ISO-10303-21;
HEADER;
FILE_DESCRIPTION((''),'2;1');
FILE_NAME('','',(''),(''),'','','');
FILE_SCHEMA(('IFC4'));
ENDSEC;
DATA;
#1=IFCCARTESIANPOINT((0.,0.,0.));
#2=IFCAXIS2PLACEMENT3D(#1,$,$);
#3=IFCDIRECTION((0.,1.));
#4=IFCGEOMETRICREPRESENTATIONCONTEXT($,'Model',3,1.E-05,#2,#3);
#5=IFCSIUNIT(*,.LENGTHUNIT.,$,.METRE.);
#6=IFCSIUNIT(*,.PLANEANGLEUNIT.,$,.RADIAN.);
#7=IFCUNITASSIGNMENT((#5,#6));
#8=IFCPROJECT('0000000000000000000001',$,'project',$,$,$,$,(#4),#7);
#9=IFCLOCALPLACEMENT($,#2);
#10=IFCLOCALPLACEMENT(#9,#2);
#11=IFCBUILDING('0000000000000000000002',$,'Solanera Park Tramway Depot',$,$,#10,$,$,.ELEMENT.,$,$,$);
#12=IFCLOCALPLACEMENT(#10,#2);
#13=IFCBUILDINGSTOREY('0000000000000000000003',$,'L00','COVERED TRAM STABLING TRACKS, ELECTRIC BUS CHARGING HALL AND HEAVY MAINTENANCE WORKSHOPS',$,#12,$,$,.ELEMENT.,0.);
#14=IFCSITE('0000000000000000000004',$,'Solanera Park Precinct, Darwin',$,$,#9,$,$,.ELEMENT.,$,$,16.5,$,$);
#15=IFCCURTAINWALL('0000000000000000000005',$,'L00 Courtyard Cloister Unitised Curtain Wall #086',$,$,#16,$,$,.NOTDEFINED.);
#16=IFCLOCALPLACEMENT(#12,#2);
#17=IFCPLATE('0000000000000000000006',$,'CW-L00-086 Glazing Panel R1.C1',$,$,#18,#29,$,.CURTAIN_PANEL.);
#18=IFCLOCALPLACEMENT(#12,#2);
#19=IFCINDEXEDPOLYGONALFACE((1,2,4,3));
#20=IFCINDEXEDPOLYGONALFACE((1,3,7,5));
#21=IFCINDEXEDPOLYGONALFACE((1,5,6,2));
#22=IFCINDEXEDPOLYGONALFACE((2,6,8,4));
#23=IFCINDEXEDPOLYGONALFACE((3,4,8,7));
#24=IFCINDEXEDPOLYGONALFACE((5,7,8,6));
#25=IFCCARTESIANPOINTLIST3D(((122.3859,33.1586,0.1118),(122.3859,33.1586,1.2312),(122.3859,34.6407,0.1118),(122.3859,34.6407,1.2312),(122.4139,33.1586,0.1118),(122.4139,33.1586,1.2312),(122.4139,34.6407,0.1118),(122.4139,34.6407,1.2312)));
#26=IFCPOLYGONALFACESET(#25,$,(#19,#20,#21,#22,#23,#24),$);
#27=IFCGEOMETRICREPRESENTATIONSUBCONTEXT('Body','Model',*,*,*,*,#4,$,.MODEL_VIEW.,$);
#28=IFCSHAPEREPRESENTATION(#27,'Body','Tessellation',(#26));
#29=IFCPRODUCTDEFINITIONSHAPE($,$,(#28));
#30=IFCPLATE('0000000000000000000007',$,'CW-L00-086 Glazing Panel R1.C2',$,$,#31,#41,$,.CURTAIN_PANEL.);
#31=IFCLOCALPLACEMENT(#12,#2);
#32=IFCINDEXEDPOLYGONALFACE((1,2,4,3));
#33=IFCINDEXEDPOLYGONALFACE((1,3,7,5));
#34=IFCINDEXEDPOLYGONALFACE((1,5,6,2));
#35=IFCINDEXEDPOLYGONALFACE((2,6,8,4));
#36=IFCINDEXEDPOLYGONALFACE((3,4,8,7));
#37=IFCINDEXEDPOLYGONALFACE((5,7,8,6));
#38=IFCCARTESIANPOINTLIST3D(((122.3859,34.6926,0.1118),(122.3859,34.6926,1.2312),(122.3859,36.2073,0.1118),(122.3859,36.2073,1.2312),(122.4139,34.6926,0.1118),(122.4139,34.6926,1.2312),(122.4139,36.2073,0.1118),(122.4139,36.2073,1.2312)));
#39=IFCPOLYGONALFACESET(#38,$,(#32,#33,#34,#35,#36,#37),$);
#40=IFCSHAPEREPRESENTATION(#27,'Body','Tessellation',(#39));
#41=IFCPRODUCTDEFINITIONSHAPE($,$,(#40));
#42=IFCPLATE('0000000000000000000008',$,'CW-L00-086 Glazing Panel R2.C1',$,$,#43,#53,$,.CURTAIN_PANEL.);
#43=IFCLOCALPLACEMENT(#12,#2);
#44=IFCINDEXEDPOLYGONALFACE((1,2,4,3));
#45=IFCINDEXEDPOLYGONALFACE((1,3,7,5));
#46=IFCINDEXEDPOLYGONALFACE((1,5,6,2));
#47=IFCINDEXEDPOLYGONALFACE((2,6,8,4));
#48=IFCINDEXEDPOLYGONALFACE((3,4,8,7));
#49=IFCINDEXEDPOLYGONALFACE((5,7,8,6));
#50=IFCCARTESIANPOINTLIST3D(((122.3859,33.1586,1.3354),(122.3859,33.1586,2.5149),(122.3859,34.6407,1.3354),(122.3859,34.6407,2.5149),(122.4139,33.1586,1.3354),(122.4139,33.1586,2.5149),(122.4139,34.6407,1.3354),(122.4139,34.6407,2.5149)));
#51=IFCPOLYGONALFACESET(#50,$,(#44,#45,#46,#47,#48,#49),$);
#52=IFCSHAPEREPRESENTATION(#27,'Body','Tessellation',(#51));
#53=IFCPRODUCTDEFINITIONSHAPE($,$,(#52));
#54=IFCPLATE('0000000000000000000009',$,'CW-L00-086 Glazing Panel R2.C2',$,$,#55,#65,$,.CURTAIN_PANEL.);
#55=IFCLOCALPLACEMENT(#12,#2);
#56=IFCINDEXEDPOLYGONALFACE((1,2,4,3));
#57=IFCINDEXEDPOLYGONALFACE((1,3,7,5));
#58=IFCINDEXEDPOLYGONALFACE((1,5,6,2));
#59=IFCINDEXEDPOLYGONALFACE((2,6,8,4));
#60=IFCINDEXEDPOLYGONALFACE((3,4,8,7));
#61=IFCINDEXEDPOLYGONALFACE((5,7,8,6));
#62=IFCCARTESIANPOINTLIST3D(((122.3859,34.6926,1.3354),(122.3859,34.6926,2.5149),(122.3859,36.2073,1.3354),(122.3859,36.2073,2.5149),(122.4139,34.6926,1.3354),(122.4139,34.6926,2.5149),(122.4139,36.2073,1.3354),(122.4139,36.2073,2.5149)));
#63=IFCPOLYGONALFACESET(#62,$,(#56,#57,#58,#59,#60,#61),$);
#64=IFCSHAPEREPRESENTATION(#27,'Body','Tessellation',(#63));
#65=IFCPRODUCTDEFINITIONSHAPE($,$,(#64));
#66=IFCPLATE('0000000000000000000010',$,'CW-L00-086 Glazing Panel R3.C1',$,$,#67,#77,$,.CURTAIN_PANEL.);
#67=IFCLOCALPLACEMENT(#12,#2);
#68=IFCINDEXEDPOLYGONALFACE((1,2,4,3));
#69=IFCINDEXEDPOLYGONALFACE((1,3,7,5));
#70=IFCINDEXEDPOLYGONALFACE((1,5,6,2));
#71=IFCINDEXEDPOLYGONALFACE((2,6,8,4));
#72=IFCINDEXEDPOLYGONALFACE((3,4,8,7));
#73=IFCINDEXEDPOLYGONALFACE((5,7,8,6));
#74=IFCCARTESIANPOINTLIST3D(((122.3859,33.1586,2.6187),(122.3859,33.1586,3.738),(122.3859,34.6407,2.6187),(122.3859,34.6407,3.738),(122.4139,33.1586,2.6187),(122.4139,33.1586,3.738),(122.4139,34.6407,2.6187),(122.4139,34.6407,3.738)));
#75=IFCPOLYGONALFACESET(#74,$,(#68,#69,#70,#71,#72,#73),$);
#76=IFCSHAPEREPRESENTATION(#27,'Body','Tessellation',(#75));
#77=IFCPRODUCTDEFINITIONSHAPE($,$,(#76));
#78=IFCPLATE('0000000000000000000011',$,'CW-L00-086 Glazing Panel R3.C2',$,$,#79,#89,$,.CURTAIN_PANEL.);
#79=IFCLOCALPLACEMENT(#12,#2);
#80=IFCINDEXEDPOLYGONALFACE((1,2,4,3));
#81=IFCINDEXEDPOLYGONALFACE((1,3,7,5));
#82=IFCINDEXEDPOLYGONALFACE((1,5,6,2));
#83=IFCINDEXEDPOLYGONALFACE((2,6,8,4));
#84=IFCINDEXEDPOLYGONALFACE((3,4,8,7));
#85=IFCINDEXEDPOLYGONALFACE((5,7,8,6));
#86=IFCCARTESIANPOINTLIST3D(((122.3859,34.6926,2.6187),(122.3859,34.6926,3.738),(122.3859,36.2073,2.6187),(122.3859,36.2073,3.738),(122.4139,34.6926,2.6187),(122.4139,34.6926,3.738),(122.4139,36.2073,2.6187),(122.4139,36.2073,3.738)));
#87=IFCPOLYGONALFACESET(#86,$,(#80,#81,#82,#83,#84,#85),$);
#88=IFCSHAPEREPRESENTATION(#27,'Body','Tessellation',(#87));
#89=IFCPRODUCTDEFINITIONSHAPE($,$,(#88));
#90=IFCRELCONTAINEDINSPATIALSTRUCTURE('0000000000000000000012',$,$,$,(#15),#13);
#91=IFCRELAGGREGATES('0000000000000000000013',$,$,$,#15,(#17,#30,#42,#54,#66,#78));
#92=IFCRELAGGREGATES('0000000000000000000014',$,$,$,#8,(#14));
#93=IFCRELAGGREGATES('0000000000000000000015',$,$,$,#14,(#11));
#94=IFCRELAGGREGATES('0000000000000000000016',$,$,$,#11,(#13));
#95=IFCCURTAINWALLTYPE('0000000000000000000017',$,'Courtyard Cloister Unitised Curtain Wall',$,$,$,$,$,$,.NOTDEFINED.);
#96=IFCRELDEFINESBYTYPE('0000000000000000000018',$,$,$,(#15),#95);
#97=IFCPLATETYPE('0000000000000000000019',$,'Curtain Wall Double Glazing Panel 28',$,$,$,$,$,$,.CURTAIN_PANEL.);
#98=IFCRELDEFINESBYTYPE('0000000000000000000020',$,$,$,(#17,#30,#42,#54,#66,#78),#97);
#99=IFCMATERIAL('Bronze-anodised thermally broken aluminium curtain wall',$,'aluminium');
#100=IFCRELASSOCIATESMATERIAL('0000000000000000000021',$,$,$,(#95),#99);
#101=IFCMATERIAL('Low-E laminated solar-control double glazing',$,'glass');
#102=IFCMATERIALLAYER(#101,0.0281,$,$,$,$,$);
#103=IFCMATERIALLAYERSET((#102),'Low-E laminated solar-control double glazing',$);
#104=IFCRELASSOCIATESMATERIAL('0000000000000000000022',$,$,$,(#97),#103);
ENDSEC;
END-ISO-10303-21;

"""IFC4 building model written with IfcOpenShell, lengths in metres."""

from ifc_helpers import new_model, si_unit, direction, frame, origin, origin_2d, place, context, subcontext, project, spatial, rectangle, extrude, material, layer, layer_set, type_object, element, aggregate, save


model = new_model("IFC4")

# Units and contexts
model_context = context("Model", 3, precision=1e-05, world=origin(), true_north=direction((0.0, 1.0)))
body_context = subcontext(model_context, "Body", "Model", "MODEL_VIEW")
ifc_project = project(units=[si_unit("LENGTHUNIT", "METRE"), si_unit("PLANEANGLEUNIT", "RADIAN")], contexts=[model_context])

# Site, building, storey
site_placement = place(None, origin())
site = spatial("IfcSite", under=ifc_project, at=site_placement, Name="Solanera Park Precinct, Darwin", CompositionType="ELEMENT", RefElevation=16.5)
building_placement = place(site_placement, origin())
building = spatial("IfcBuilding", under=site, at=building_placement, Name="Solanera Park Tramway Depot", CompositionType="ELEMENT")
storey_placement = place(building_placement, origin())
storey = spatial("IfcBuildingStorey", under=building, at=storey_placement, Name="L00", Description="COVERED TRAM STABLING TRACKS, ELECTRIC BUS CHARGING HALL AND HEAVY MAINTENANCE WORKSHOPS", CompositionType="ELEMENT", Elevation=0.0)

# Curtain wall
ifc_material_1 = material(Name="Bronze-anodised thermally broken aluminium curtain wall", Category="aluminium")
curtain_wall_type = type_object("IfcCurtainWallType", Name="Courtyard Cloister Unitised Curtain Wall", PredefinedType="NOTDEFINED", material=ifc_material_1)
curtain_wall_1_placement = place(storey_placement, origin())
curtain_wall_1 = element("IfcCurtainWall", 1, at=curtain_wall_1_placement, inside=storey, type_object=curtain_wall_type, Name="L00 Courtyard Cloister Unitised Curtain Wall #086", PredefinedType="NOTDEFINED")

# Plates
ifc_material_2 = material(Name="Low-E laminated solar-control double glazing", Category="glass")
ifc_layer = layer(ifc_material_2, 0.0281)
ifc_layer_set = layer_set([ifc_layer], Name="Low-E laminated solar-control double glazing")
plate_type = type_object("IfcPlateType", Name="Curtain Wall Double Glazing Panel 28", PredefinedType="CURTAIN_PANEL", material=ifc_layer_set)
plate_1_placement = place(storey_placement, frame((122.3999, 33.8997, 0.1118), z_axis=(0.0, 0.0, 1.0), x_axis=(0.0, 1.0, 0.0)))
plate_1 = element("IfcPlate", 2, at=plate_1_placement, type_object=plate_type, Name="CW-L00-086 Glazing Panel R1.C1", PredefinedType="CURTAIN_PANEL", context=body_context, shape_type="SweptSolid", body=[
    extrude(rectangle(XDim=1.4822, YDim=0.0281, at=origin_2d()), origin(), (0.0, 0.0, 1.0), 1.1194),
])
plate_2_placement = place(storey_placement, frame((122.3999, 35.45, 0.1118), z_axis=(0.0, 0.0, 1.0), x_axis=(0.0, 1.0, 0.0)))
plate_2 = element("IfcPlate", 3, at=plate_2_placement, type_object=plate_type, Name="CW-L00-086 Glazing Panel R1.C2", PredefinedType="CURTAIN_PANEL", context=body_context, shape_type="SweptSolid", body=[
    extrude(rectangle(XDim=1.5146, YDim=0.0281, at=origin_2d()), origin(), (0.0, 0.0, 1.0), 1.1194),
])
plate_3_placement = place(storey_placement, frame((122.3999, 33.8997, 1.3354), z_axis=(0.0, 0.0, 1.0), x_axis=(0.0, 1.0, 0.0)))
plate_3 = element("IfcPlate", 4, at=plate_3_placement, type_object=plate_type, Name="CW-L00-086 Glazing Panel R2.C1", PredefinedType="CURTAIN_PANEL", context=body_context, shape_type="SweptSolid", body=[
    extrude(rectangle(XDim=1.4822, YDim=0.0281, at=origin_2d()), origin(), (0.0, 0.0, 1.0), 1.1794),
])
plate_4_placement = place(storey_placement, frame((122.3999, 35.45, 1.3354), z_axis=(0.0, 0.0, 1.0), x_axis=(0.0, 1.0, 0.0)))
plate_4 = element("IfcPlate", 5, at=plate_4_placement, type_object=plate_type, Name="CW-L00-086 Glazing Panel R2.C2", PredefinedType="CURTAIN_PANEL", context=body_context, shape_type="SweptSolid", body=[
    extrude(rectangle(XDim=1.5146, YDim=0.0281, at=origin_2d()), origin(), (0.0, 0.0, 1.0), 1.1794),
])
plate_5_placement = place(storey_placement, frame((122.3999, 33.8997, 2.6187), z_axis=(0.0, 0.0, 1.0), x_axis=(0.0, 1.0, 0.0)))
plate_5 = element("IfcPlate", 6, at=plate_5_placement, type_object=plate_type, Name="CW-L00-086 Glazing Panel R3.C1", PredefinedType="CURTAIN_PANEL", context=body_context, shape_type="SweptSolid", body=[
    extrude(rectangle(XDim=1.4822, YDim=0.0281, at=origin_2d()), origin(), (0.0, 0.0, 1.0), 1.1194),
])
plate_6_placement = place(storey_placement, frame((122.3999, 35.45, 2.6187), z_axis=(0.0, 0.0, 1.0), x_axis=(0.0, 1.0, 0.0)))
plate_6 = element("IfcPlate", 7, at=plate_6_placement, type_object=plate_type, Name="CW-L00-086 Glazing Panel R3.C2", PredefinedType="CURTAIN_PANEL", context=body_context, shape_type="SweptSolid", body=[
    extrude(rectangle(XDim=1.5146, YDim=0.0281, at=origin_2d()), origin(), (0.0, 0.0, 1.0), 1.1194),
])
aggregate(curtain_wall_1, [plate_1, plate_2, plate_3, plate_4, plate_5, plate_6])

save(model, "model.ifc")
